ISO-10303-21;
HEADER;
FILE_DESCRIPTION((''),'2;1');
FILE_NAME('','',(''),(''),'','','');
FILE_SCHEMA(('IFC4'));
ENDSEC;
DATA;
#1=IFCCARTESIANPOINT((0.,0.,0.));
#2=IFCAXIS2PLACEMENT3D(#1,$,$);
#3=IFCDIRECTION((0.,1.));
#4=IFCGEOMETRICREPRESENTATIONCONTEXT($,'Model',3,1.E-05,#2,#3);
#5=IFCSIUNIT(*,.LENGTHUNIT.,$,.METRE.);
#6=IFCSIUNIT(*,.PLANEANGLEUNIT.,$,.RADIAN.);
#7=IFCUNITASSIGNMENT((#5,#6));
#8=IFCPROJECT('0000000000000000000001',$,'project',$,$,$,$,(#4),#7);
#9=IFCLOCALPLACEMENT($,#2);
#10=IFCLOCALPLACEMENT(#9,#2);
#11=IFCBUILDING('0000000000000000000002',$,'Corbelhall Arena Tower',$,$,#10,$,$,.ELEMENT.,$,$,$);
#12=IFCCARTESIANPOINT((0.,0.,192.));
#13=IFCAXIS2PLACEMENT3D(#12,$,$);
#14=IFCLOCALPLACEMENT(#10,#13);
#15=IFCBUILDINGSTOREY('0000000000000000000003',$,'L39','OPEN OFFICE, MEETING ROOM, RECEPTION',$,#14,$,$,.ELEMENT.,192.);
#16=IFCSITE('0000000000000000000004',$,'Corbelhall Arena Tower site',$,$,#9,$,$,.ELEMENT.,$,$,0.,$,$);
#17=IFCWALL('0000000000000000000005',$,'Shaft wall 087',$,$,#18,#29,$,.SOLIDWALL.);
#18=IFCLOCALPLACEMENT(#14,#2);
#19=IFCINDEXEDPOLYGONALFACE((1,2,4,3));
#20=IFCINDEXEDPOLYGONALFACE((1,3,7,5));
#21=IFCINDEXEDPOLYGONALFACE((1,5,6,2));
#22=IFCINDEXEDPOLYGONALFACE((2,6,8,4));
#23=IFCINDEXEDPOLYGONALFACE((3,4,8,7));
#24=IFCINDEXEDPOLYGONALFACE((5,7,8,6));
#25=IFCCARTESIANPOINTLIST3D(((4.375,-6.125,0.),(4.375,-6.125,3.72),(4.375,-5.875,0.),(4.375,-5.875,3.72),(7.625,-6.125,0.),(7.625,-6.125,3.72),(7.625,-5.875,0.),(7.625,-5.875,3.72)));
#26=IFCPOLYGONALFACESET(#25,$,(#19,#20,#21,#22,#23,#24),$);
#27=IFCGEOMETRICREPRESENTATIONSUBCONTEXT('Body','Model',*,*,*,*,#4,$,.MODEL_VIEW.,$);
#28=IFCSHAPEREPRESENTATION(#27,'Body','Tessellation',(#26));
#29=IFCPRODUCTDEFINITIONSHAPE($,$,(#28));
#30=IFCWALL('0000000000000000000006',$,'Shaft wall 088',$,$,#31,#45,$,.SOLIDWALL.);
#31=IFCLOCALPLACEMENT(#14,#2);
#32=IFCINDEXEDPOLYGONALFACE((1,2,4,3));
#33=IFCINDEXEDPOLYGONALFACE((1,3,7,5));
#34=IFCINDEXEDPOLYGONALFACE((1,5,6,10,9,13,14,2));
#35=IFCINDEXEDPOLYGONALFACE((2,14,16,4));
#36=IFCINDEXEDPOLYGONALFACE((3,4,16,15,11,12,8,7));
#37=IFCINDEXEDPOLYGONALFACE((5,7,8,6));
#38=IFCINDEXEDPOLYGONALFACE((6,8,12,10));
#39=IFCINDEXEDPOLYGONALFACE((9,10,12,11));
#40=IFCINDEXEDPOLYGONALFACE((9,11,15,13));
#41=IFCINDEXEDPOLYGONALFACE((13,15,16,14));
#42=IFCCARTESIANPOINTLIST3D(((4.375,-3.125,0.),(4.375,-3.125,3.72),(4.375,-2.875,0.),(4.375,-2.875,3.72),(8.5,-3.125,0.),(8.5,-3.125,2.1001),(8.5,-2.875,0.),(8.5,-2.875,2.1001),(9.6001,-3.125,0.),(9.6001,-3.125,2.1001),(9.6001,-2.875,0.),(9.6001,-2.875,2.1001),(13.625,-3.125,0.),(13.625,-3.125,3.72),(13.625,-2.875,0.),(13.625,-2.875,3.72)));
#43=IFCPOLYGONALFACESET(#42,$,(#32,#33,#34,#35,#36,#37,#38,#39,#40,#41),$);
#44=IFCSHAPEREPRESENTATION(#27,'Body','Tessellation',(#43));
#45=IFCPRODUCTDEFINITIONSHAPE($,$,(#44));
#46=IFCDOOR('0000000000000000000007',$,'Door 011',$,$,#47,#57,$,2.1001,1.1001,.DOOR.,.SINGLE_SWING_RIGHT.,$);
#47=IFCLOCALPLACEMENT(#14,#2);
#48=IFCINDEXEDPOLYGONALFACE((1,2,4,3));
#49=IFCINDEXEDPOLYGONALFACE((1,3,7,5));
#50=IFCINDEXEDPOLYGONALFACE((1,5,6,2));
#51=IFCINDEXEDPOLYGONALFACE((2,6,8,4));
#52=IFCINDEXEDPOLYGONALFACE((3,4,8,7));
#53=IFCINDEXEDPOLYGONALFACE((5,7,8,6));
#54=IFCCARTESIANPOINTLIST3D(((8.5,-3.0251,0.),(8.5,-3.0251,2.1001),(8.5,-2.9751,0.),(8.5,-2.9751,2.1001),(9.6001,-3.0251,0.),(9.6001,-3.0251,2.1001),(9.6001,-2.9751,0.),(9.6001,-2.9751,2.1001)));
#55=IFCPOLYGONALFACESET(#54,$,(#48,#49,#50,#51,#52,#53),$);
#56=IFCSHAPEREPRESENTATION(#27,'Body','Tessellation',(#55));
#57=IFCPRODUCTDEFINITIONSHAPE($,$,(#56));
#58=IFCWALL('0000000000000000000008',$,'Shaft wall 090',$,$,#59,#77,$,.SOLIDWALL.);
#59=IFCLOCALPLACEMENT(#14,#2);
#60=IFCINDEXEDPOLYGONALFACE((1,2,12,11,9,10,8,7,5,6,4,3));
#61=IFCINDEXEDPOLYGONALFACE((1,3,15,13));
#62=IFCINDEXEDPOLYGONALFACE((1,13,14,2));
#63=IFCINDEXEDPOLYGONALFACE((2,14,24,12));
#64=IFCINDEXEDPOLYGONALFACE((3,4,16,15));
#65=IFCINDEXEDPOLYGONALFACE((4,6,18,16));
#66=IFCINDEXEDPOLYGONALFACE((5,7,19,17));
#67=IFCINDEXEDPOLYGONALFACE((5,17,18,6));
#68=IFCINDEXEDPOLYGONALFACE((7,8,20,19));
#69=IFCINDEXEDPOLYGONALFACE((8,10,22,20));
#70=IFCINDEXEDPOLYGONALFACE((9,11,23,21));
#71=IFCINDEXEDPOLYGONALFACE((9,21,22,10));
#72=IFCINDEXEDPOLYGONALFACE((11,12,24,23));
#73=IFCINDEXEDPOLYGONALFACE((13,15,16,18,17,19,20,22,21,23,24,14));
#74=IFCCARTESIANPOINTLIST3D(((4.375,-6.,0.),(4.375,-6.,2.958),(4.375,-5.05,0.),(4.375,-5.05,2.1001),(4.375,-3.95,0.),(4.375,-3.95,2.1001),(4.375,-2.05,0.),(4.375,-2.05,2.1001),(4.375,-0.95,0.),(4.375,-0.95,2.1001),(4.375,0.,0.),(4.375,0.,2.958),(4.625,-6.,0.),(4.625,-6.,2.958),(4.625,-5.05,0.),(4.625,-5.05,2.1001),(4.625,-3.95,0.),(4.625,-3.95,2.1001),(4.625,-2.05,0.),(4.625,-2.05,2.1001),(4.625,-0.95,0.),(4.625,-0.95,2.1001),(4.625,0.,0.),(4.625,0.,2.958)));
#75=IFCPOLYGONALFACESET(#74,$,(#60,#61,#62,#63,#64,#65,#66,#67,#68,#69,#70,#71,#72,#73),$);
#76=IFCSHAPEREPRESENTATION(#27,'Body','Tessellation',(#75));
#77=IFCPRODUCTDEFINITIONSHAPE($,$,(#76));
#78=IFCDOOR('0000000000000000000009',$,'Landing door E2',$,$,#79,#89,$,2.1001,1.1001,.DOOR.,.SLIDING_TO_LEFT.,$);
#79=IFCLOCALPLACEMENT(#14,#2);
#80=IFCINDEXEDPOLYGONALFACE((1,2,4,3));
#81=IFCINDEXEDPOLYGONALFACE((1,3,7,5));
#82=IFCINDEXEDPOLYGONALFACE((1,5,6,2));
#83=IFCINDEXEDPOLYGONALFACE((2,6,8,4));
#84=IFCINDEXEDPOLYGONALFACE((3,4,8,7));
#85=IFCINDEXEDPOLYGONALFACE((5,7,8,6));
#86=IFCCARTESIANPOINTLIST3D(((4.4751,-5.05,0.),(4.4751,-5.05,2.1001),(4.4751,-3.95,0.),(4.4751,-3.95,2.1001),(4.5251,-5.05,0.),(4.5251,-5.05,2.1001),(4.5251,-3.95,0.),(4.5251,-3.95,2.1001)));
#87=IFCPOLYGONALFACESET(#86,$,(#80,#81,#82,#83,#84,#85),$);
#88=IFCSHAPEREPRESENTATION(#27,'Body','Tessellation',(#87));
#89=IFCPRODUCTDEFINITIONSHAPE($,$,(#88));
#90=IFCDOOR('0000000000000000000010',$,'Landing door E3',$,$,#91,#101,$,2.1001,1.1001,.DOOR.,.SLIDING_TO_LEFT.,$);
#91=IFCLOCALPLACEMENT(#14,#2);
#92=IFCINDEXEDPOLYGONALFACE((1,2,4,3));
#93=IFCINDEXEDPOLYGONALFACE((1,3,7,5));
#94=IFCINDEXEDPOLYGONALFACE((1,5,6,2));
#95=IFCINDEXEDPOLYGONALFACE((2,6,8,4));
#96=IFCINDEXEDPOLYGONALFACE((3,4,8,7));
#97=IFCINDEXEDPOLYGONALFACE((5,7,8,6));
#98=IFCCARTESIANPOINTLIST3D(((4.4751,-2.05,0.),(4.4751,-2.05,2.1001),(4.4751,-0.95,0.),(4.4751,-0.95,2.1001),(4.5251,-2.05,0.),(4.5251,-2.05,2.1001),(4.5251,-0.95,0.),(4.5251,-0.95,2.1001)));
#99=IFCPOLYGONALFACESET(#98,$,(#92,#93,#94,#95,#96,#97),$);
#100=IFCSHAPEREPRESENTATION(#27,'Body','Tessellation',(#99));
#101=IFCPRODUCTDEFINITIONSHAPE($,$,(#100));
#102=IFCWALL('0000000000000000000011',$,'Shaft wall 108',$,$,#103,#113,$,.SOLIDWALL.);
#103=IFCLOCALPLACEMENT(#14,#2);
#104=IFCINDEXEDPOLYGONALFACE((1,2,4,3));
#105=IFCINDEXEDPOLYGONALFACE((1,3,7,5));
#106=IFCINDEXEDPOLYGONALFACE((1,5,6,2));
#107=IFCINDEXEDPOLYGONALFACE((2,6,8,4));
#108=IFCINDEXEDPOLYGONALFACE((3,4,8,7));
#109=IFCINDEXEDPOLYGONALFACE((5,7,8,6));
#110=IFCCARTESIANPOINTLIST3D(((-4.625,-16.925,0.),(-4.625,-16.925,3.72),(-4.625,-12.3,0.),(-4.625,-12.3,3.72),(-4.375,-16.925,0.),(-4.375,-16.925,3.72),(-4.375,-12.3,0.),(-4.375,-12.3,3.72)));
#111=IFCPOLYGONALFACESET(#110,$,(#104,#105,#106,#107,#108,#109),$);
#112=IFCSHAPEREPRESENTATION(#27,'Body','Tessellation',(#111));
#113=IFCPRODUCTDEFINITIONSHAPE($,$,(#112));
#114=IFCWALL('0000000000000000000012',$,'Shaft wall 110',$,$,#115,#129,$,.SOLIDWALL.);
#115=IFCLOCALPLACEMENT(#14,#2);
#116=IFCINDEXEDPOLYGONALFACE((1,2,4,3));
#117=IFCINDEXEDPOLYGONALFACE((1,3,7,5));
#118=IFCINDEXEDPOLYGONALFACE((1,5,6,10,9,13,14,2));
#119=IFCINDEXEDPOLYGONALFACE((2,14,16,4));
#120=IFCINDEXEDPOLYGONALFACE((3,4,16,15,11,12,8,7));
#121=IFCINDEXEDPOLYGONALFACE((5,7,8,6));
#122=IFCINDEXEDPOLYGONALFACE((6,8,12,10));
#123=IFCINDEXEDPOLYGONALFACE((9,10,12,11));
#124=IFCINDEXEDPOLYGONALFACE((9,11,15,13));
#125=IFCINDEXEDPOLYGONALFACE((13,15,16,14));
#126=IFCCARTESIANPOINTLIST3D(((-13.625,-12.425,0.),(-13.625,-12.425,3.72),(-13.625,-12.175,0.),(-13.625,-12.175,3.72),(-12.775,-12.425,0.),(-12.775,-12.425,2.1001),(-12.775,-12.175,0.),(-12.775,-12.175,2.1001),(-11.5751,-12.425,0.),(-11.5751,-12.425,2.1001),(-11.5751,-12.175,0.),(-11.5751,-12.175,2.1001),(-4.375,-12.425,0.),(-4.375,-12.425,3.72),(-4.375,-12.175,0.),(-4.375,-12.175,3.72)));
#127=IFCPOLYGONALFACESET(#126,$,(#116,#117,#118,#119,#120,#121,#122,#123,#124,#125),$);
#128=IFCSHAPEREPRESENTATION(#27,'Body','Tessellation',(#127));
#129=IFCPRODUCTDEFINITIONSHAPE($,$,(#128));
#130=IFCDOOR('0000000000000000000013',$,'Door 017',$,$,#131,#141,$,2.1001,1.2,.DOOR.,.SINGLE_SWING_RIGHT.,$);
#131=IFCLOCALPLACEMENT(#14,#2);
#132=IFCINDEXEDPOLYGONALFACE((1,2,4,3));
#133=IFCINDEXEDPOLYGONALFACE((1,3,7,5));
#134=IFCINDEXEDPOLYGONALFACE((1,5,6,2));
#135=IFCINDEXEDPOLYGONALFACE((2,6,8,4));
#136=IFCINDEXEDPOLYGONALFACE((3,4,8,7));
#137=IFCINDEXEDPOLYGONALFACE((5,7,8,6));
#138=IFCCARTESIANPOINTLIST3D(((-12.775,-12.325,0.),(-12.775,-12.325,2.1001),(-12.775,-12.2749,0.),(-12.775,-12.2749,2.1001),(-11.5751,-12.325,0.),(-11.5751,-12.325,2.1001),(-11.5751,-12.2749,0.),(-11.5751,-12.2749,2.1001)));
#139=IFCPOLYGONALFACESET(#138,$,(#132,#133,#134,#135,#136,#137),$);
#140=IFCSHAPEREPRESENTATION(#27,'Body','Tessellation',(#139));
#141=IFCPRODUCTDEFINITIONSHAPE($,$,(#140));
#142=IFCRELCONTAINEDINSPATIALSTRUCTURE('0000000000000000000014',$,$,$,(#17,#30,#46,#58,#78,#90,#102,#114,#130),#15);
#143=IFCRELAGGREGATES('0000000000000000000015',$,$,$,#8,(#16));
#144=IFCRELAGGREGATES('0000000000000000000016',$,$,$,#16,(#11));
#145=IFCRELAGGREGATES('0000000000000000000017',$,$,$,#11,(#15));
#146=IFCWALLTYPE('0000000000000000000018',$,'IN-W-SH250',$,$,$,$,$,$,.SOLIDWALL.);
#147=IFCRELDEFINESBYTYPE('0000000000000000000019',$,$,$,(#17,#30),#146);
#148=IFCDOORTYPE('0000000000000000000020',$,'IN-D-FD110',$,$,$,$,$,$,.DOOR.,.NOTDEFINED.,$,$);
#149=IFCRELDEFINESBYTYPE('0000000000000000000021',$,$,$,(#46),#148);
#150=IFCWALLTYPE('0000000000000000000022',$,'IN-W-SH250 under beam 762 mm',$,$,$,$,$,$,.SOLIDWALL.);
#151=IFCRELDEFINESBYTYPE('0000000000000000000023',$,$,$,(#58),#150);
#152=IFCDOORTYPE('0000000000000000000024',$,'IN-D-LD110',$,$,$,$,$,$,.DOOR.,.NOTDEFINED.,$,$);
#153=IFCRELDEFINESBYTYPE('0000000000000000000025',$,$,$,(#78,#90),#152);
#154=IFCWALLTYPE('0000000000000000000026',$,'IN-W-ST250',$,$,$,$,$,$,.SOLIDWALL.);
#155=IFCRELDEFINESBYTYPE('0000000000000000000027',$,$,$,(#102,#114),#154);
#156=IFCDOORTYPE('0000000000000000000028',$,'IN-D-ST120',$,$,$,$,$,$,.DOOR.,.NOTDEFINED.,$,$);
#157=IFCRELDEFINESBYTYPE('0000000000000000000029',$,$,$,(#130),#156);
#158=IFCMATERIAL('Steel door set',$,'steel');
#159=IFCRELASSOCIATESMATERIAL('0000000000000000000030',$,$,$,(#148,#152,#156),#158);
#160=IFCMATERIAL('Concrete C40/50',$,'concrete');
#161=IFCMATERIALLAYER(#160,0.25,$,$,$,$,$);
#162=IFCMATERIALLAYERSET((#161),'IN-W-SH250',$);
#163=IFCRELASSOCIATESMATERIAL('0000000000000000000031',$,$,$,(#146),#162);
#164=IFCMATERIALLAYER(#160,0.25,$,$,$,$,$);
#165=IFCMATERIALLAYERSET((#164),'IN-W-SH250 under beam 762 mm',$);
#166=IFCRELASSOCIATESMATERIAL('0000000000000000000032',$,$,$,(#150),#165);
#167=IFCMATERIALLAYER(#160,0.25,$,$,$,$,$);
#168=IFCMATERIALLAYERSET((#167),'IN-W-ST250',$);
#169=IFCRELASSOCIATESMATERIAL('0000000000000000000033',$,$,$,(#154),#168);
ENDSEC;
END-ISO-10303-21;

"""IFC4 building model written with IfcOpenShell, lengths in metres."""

from ifc_helpers import new_model, si_unit, direction, frame, frame_2d, origin, place, context, subcontext, project, spatial, rectangle, extrude, material, layer, layer_set, type_object, element, fill, save


model = new_model("IFC4")

# Units and contexts
model_context = context("Model", 3, precision=1e-05, world=origin(), true_north=direction((0.0, 1.0)))
body_context = subcontext(model_context, "Body", "Model", "MODEL_VIEW")
ifc_project = project(units=[si_unit("LENGTHUNIT", "METRE"), si_unit("PLANEANGLEUNIT", "RADIAN")], contexts=[model_context])

# Site, building, storey
site_placement = place(None, origin())
site = spatial("IfcSite", under=ifc_project, at=site_placement, Name="Corbelhall Arena Tower site", CompositionType="ELEMENT", RefElevation=0.0)
building_placement = place(site_placement, origin())
building = spatial("IfcBuilding", under=site, at=building_placement, Name="Corbelhall Arena Tower", CompositionType="ELEMENT")
storey_placement = place(building_placement, frame((0.0, 0.0, 192.0)))
storey = spatial("IfcBuildingStorey", under=building, at=storey_placement, Name="L39", Description="OPEN OFFICE, MEETING ROOM, RECEPTION", CompositionType="ELEMENT", Elevation=192.0)

# Shared definitions
ifc_material_1 = material(Name="Concrete C40/50", Category="concrete")

# Shared definitions
ifc_material_2 = material(Name="Steel door set", Category="steel")
door_type_1 = type_object("IfcDoorType", Name="IN-D-FD110", OperationType="NOTDEFINED", PredefinedType="DOOR", material=ifc_material_2)

# Wall
ifc_layer_1 = layer(ifc_material_1, 0.25)
ifc_layer_set_1 = layer_set([ifc_layer_1], Name="IN-W-SH250")
wall_type_1 = type_object("IfcWallType", Name="IN-W-SH250", PredefinedType="SOLIDWALL", material=ifc_layer_set_1)
wall_1_placement = place(storey_placement, frame((4.375, -6.0, 0.0), z_axis=(0.0, 0.0, 1.0), x_axis=(1.0, 0.0, 0.0)))
element("IfcWall", 1, at=wall_1_placement, inside=storey, type_object=wall_type_1, Name="Shaft wall 087", PredefinedType="SOLIDWALL", context=body_context, shape_type="SweptSolid", body=[
    extrude(rectangle(XDim=3.25, YDim=0.25, at=frame_2d((1.625, 0.0))), origin(), (0.0, 0.0, 1.0), 3.72),
])

# Wall, opening, door
wall_2_placement = place(storey_placement, frame((4.375, -3.0, 0.0), z_axis=(0.0, 0.0, 1.0), x_axis=(1.0, 0.0, 0.0)))
wall_2 = element("IfcWall", 2, at=wall_2_placement, inside=storey, type_object=wall_type_1, Name="Shaft wall 088", PredefinedType="SOLIDWALL", context=body_context, shape_type="SweptSolid", body=[
    extrude(rectangle(XDim=9.25, YDim=0.25, at=frame_2d((4.625, 0.0))), origin(), (0.0, 0.0, 1.0), 3.72),
])
opening_1_placement = place(wall_2_placement, frame((4.125, 0.0, 0.0)))
opening_1 = element("IfcOpeningElement", 3, at=opening_1_placement, cuts=wall_2, PredefinedType="OPENING", context=body_context, shape_type="SweptSolid", body=[
    extrude(rectangle(XDim=1.1001, YDim=2.1001, at=frame_2d((0.55, 1.05))), frame((0.0, 0.125, 0.0), z_axis=(0.0, -1.0, 0.0), x_axis=(1.0, 0.0, 0.0)), (0.0, 0.0, 1.0), 0.25),
])
door_1_placement = place(opening_1_placement, origin())
door_1 = element("IfcDoor", 4, at=door_1_placement, inside=storey, type_object=door_type_1, Name="Door 011", OperationType="SINGLE_SWING_RIGHT", OverallHeight=2.1001, OverallWidth=1.1001, PredefinedType="DOOR", context=body_context, shape_type="SweptSolid", body=[
    extrude(rectangle(XDim=1.1001, YDim=2.1001, at=frame_2d((0.55, 1.05))), frame((0.0, 0.0249, 0.0), z_axis=(0.0, -1.0, 0.0), x_axis=(1.0, 0.0, 0.0)), (0.0, 0.0, 1.0), 0.05),
])
fill(opening_1, door_1)

# Wall, openings, doors
ifc_layer_2 = layer(ifc_material_1, 0.25)
ifc_layer_set_2 = layer_set([ifc_layer_2], Name="IN-W-SH250 under beam 762 mm")
wall_type_2 = type_object("IfcWallType", Name="IN-W-SH250 under beam 762 mm", PredefinedType="SOLIDWALL", material=ifc_layer_set_2)
wall_3_placement = place(storey_placement, frame((4.5, -6.0, 0.0), z_axis=(0.0, 0.0, 1.0), x_axis=(0.0, 1.0, 0.0)))
wall_3 = element("IfcWall", 5, at=wall_3_placement, inside=storey, type_object=wall_type_2, Name="Shaft wall 090", PredefinedType="SOLIDWALL", context=body_context, shape_type="SweptSolid", body=[
    extrude(rectangle(XDim=6.0, YDim=0.25, at=frame_2d((3.0, 0.0))), origin(), (0.0, 0.0, 1.0), 2.958),
])
opening_2_placement = place(wall_3_placement, frame((0.95, 0.0, 0.0)))
opening_2 = element("IfcOpeningElement", 6, at=opening_2_placement, cuts=wall_3, PredefinedType="OPENING", context=body_context, shape_type="SweptSolid", body=[
    extrude(rectangle(XDim=1.1001, YDim=2.1001, at=frame_2d((0.55, 1.05))), frame((0.0, 0.125, 0.0), z_axis=(0.0, -1.0, 0.0), x_axis=(1.0, 0.0, 0.0)), (0.0, 0.0, 1.0), 0.25),
])
opening_3_placement = place(wall_3_placement, frame((3.95, 0.0, 0.0)))
opening_3 = element("IfcOpeningElement", 7, at=opening_3_placement, cuts=wall_3, PredefinedType="OPENING", context=body_context, shape_type="SweptSolid", body=[
    extrude(rectangle(XDim=1.1001, YDim=2.1001, at=frame_2d((0.55, 1.05))), frame((0.0, 0.125, 0.0), z_axis=(0.0, -1.0, 0.0), x_axis=(1.0, 0.0, 0.0)), (0.0, 0.0, 1.0), 0.25),
])
door_type_2 = type_object("IfcDoorType", Name="IN-D-LD110", OperationType="NOTDEFINED", PredefinedType="DOOR", material=ifc_material_2)
door_2_placement = place(opening_2_placement, origin())
door_2 = element("IfcDoor", 8, at=door_2_placement, inside=storey, type_object=door_type_2, Name="Landing door E2", OperationType="SLIDING_TO_LEFT", OverallHeight=2.1001, OverallWidth=1.1001, PredefinedType="DOOR", context=body_context, shape_type="SweptSolid", body=[
    extrude(rectangle(XDim=1.1001, YDim=2.1001, at=frame_2d((0.55, 1.05))), frame((0.0, 0.0249, 0.0), z_axis=(0.0, -1.0, 0.0), x_axis=(1.0, 0.0, 0.0)), (0.0, 0.0, 1.0), 0.05),
])
fill(opening_2, door_2)
door_3_placement = place(opening_3_placement, origin())
door_3 = element("IfcDoor", 9, at=door_3_placement, inside=storey, type_object=door_type_2, Name="Landing door E3", OperationType="SLIDING_TO_LEFT", OverallHeight=2.1001, OverallWidth=1.1001, PredefinedType="DOOR", context=body_context, shape_type="SweptSolid", body=[
    extrude(rectangle(XDim=1.1001, YDim=2.1001, at=frame_2d((0.55, 1.05))), frame((0.0, 0.0249, 0.0), z_axis=(0.0, -1.0, 0.0), x_axis=(1.0, 0.0, 0.0)), (0.0, 0.0, 1.0), 0.05),
])
fill(opening_3, door_3)

# Wall
ifc_layer_3 = layer(ifc_material_1, 0.25)
ifc_layer_set_3 = layer_set([ifc_layer_3], Name="IN-W-ST250")
wall_type_3 = type_object("IfcWallType", Name="IN-W-ST250", PredefinedType="SOLIDWALL", material=ifc_layer_set_3)
wall_4_placement = place(storey_placement, frame((-4.5, -12.3, 0.0), z_axis=(0.0, 0.0, 1.0), x_axis=(0.0, -1.0, 0.0)))
element("IfcWall", 10, at=wall_4_placement, inside=storey, type_object=wall_type_3, Name="Shaft wall 108", PredefinedType="SOLIDWALL", context=body_context, shape_type="SweptSolid", body=[
    extrude(rectangle(XDim=4.625, YDim=0.25, at=frame_2d((2.3125, 0.0))), origin(), (0.0, 0.0, 1.0), 3.72),
])

# Wall, opening, door
wall_5_placement = place(storey_placement, frame((-4.375, -12.3, 0.0), z_axis=(0.0, 0.0, 1.0), x_axis=(-1.0, 0.0, 0.0)))
wall_5 = element("IfcWall", 11, at=wall_5_placement, inside=storey, type_object=wall_type_3, Name="Shaft wall 110", PredefinedType="SOLIDWALL", context=body_context, shape_type="SweptSolid", body=[
    extrude(rectangle(XDim=9.25, YDim=0.25, at=frame_2d((4.625, 0.0))), origin(), (0.0, 0.0, 1.0), 3.72),
])
opening_4_placement = place(wall_5_placement, frame((7.2, 0.0, 0.0)))
opening_4 = element("IfcOpeningElement", 12, at=opening_4_placement, cuts=wall_5, PredefinedType="OPENING", context=body_context, shape_type="SweptSolid", body=[
    extrude(rectangle(XDim=1.2, YDim=2.1001, at=frame_2d((0.6001, 1.05))), frame((0.0, 0.125, 0.0), z_axis=(0.0, -1.0, 0.0), x_axis=(1.0, 0.0, 0.0)), (0.0, 0.0, 1.0), 0.25),
])
door_type_3 = type_object("IfcDoorType", Name="IN-D-ST120", OperationType="NOTDEFINED", PredefinedType="DOOR", material=ifc_material_2)
door_4_placement = place(opening_4_placement, origin())
door_4 = element("IfcDoor", 13, at=door_4_placement, inside=storey, type_object=door_type_3, Name="Door 017", OperationType="SINGLE_SWING_RIGHT", OverallHeight=2.1001, OverallWidth=1.2, PredefinedType="DOOR", context=body_context, shape_type="SweptSolid", body=[
    extrude(rectangle(XDim=1.2, YDim=2.1001, at=frame_2d((0.6001, 1.05))), frame((0.0, 0.0249, 0.0), z_axis=(0.0, -1.0, 0.0), x_axis=(1.0, 0.0, 0.0)), (0.0, 0.0, 1.0), 0.05),
])
fill(opening_4, door_4)

save(model, "model.ifc")
